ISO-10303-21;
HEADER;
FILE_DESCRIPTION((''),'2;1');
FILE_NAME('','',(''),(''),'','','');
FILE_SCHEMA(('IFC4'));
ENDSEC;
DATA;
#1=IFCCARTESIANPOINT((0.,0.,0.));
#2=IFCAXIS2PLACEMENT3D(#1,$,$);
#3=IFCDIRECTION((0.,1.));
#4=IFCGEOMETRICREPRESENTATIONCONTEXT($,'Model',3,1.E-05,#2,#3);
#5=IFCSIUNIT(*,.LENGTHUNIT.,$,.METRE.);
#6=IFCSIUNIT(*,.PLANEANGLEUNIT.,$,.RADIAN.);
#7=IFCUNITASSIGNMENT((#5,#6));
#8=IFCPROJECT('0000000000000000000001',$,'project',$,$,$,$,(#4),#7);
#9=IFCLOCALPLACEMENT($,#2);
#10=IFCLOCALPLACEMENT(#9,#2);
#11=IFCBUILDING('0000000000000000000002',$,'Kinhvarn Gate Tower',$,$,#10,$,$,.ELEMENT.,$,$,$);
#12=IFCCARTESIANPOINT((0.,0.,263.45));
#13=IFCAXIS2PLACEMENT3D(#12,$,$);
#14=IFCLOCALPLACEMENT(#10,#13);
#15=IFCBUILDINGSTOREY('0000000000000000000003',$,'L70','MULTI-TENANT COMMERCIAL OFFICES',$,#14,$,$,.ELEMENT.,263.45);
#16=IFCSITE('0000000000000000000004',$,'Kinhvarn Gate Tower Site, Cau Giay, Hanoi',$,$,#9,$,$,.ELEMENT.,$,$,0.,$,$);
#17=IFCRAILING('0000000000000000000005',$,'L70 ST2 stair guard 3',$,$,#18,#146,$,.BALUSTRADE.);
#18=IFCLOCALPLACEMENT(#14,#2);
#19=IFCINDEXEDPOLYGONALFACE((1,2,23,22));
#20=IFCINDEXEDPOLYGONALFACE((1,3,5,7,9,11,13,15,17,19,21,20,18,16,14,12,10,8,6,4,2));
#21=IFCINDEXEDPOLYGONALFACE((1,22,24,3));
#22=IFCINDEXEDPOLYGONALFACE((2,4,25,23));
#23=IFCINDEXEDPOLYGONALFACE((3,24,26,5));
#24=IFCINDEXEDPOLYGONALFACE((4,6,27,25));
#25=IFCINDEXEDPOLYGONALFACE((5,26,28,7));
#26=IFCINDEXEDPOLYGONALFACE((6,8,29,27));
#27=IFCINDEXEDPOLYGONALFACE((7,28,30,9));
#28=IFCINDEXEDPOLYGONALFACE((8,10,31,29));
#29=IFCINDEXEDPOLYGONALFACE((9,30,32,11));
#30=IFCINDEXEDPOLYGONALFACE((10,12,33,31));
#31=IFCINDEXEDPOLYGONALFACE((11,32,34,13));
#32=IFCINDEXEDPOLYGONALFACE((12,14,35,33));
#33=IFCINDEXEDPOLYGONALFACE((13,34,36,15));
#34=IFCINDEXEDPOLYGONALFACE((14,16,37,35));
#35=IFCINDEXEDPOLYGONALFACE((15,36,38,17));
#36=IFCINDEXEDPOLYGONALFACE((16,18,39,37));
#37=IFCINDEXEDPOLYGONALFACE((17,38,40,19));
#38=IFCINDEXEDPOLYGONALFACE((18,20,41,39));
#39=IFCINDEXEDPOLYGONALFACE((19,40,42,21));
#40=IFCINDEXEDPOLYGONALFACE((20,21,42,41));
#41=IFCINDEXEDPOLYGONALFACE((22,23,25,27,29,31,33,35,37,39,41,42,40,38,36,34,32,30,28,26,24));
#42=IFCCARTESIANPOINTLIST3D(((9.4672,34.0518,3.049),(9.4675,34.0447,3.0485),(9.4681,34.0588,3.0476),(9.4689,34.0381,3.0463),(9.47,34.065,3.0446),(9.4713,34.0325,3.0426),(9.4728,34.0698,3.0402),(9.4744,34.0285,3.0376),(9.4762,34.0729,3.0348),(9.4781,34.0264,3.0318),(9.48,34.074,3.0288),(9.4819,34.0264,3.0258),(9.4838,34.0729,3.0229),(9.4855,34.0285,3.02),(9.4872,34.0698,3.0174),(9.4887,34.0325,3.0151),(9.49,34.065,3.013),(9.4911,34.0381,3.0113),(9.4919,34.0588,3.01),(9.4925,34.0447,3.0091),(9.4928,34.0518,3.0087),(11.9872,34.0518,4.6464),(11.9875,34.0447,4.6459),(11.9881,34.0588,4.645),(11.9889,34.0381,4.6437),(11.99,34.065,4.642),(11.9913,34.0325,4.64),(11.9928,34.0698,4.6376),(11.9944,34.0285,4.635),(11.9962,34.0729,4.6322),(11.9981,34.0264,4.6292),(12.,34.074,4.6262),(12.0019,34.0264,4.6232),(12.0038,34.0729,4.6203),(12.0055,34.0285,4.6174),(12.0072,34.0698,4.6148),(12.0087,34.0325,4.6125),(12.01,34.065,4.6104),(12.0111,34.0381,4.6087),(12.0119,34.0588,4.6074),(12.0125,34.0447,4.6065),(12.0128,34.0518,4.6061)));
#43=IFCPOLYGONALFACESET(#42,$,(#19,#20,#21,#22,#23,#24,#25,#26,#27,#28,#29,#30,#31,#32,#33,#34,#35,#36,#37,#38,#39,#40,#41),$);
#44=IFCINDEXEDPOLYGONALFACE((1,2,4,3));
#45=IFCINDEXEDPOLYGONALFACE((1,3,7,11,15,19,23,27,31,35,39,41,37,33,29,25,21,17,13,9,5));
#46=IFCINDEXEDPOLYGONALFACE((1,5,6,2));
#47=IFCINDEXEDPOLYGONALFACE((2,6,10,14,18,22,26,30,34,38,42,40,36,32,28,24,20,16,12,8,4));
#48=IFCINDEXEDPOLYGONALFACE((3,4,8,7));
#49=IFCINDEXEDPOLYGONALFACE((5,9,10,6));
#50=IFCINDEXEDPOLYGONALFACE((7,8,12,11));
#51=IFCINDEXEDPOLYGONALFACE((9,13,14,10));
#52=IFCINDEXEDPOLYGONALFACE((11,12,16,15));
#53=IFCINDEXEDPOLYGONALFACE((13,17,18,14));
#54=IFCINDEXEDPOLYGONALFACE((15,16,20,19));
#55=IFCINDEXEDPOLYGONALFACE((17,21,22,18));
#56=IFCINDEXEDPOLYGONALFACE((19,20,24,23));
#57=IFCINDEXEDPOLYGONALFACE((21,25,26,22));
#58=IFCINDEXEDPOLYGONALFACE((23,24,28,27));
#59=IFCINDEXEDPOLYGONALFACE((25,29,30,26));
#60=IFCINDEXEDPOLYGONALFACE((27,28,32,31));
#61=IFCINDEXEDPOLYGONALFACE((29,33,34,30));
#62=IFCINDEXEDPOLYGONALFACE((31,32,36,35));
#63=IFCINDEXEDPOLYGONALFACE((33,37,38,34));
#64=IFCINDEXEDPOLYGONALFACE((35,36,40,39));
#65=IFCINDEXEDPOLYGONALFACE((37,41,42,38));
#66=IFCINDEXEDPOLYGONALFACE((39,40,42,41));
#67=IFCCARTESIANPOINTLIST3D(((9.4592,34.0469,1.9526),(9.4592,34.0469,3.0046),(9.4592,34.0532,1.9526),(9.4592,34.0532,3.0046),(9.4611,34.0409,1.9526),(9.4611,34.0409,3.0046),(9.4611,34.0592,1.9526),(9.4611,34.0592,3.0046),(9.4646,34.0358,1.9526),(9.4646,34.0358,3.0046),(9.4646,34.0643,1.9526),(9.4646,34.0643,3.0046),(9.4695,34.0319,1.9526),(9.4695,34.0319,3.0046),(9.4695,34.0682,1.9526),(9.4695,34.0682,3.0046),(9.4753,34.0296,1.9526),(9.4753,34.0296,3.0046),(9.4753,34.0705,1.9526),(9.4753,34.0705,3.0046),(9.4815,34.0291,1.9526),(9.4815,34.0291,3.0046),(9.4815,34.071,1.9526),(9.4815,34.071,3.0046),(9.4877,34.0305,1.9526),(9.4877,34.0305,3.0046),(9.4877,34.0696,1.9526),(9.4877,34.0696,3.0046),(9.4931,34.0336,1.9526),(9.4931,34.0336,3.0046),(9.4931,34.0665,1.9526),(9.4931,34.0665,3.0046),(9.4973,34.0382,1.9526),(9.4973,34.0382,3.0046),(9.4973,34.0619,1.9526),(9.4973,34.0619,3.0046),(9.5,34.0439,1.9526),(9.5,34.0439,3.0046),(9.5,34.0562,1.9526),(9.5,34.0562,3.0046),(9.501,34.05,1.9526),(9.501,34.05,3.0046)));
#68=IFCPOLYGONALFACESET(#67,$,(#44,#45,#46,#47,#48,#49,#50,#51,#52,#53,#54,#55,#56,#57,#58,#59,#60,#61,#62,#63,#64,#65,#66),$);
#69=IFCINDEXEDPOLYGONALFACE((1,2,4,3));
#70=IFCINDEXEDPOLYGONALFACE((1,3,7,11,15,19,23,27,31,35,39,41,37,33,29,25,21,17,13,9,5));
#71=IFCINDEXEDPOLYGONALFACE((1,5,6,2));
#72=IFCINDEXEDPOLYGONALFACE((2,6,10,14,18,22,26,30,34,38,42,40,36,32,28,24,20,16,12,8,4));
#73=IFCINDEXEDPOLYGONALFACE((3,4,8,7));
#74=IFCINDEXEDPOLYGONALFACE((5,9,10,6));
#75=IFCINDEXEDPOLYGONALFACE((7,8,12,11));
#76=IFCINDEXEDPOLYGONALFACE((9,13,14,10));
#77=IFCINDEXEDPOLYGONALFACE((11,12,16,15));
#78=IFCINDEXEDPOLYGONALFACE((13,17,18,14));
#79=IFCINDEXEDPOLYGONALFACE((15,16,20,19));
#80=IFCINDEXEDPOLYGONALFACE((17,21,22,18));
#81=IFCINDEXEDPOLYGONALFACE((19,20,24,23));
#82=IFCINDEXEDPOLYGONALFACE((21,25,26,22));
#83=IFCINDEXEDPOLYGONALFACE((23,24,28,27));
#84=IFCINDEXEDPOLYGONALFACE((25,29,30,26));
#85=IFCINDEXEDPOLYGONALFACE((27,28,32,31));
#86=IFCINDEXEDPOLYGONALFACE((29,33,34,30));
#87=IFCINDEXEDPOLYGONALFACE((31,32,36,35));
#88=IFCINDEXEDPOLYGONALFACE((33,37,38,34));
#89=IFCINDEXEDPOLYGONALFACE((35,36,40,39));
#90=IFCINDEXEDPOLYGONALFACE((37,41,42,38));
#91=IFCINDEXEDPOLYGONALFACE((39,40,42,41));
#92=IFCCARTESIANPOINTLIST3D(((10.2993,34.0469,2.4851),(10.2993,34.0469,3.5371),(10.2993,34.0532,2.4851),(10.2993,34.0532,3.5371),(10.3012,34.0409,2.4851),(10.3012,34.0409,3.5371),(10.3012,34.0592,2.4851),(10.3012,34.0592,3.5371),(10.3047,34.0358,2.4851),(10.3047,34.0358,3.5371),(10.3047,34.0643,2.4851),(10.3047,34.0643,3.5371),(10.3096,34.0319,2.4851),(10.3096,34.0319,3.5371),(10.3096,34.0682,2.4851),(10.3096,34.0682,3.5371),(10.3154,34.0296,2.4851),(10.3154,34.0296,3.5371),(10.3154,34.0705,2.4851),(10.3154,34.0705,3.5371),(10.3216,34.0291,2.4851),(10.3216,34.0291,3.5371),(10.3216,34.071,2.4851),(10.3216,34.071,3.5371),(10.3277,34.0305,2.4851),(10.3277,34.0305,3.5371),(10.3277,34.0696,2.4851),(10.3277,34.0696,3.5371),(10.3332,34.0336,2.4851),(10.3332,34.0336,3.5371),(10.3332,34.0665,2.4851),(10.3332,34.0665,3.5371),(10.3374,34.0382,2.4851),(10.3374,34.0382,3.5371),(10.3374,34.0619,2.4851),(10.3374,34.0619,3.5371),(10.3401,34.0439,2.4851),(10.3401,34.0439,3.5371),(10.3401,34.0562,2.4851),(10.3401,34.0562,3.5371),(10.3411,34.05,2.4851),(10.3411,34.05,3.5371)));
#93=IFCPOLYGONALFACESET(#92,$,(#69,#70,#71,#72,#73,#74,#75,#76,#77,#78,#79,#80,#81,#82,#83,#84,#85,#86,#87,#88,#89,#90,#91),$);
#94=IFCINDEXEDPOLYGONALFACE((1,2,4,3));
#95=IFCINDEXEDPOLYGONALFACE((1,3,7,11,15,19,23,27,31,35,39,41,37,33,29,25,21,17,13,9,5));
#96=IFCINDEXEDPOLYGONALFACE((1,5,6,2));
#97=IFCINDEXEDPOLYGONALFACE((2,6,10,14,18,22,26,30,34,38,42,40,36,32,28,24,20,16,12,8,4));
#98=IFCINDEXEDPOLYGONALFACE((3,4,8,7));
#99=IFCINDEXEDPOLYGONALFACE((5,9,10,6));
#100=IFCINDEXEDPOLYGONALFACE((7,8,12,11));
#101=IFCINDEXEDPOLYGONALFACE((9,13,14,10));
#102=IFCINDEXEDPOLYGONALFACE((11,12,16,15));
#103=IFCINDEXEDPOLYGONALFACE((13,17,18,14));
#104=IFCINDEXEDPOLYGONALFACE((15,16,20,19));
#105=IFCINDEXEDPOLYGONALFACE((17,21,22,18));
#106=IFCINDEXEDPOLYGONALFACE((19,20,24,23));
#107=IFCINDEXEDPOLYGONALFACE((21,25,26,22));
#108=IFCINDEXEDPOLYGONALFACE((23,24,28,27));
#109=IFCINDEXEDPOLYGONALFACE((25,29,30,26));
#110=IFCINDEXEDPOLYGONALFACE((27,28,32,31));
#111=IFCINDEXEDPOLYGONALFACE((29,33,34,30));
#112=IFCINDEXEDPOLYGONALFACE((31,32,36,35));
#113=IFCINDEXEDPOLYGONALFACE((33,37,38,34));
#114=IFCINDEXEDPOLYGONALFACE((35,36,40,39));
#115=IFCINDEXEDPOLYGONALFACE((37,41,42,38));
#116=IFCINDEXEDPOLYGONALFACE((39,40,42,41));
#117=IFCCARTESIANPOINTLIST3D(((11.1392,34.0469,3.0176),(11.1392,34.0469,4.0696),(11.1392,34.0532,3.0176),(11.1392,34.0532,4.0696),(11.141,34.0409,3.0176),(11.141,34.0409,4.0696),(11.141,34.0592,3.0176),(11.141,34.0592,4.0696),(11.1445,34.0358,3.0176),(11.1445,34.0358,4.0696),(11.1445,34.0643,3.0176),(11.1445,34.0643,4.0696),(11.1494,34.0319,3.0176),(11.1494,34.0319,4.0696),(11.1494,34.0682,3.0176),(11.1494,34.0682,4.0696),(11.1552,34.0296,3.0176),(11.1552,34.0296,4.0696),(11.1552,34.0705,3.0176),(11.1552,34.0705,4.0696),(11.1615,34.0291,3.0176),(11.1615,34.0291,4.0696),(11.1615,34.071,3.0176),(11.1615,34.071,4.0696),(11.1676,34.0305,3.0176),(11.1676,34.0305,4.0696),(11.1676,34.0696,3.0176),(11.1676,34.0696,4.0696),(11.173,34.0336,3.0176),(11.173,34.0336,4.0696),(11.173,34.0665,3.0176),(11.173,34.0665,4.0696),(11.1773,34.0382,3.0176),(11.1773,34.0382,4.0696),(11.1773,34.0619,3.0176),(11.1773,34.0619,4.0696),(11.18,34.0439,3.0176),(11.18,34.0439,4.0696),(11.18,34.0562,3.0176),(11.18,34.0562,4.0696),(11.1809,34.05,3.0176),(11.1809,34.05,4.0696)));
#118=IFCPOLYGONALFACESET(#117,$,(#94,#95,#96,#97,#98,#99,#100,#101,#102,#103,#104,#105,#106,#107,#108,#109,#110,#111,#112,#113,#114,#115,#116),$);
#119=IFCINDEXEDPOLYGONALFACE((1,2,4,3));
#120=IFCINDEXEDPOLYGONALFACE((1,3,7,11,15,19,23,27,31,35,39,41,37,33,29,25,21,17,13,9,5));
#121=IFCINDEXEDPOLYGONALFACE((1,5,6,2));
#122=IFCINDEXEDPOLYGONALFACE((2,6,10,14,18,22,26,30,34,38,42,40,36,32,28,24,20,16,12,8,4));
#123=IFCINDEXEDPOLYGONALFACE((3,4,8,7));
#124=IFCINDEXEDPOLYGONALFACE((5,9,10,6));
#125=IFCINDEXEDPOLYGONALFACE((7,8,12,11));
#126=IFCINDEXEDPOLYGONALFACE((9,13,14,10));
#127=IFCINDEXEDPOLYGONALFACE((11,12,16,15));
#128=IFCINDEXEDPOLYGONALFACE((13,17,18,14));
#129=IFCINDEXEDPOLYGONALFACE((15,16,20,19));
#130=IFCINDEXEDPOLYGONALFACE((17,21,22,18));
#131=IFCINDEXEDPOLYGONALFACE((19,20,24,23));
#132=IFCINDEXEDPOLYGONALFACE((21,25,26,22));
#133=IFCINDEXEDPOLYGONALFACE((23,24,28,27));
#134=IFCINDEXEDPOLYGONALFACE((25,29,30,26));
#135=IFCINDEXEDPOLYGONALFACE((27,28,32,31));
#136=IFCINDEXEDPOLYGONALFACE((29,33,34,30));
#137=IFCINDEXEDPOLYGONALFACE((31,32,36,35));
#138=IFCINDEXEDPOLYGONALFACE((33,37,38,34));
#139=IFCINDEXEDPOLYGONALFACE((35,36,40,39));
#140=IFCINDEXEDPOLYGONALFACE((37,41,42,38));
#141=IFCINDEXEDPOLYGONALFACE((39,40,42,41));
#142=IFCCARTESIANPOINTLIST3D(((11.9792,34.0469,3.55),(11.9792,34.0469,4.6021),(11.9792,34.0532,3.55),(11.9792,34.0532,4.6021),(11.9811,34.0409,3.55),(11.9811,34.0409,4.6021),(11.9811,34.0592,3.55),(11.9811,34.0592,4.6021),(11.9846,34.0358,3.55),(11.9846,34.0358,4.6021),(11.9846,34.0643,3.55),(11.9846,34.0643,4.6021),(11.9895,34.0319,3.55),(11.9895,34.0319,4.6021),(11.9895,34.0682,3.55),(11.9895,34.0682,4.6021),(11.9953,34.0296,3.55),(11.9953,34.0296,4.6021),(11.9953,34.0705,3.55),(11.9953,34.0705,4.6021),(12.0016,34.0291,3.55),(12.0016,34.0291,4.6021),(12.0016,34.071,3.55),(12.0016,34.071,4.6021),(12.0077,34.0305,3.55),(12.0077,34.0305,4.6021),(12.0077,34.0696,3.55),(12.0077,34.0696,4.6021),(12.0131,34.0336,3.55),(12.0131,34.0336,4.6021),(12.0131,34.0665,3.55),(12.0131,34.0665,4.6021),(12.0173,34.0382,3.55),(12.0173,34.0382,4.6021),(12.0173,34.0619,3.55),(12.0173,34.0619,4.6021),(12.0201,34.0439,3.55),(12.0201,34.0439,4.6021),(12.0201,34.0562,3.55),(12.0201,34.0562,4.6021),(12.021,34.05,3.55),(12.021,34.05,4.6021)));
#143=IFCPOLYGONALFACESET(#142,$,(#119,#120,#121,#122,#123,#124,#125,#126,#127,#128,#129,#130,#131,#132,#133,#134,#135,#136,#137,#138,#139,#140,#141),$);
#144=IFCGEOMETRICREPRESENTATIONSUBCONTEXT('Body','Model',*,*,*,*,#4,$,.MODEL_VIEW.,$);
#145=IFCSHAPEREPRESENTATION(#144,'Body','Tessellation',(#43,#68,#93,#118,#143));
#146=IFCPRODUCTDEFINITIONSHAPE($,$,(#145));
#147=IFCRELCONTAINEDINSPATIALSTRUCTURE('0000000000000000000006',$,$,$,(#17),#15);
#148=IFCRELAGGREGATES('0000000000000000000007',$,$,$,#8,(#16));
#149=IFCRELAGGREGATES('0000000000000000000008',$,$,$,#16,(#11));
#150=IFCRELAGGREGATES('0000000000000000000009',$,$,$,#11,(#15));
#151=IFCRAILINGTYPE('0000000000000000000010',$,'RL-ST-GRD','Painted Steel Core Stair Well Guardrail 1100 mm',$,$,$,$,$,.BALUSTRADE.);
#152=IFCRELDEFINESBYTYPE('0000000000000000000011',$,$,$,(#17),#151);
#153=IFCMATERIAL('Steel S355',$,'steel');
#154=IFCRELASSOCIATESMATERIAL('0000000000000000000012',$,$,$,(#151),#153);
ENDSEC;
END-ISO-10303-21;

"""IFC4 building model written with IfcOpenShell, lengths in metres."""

from ifc_helpers import new_model, si_unit, direction, frame, origin, origin_2d, place, context, subcontext, project, spatial, circle, extrude, material, type_object, element, save


model = new_model("IFC4")

# Units and contexts
model_context = context("Model", 3, precision=1e-05, world=origin(), true_north=direction((0.0, 1.0)))
body_context = subcontext(model_context, "Body", "Model", "MODEL_VIEW")
ifc_project = project(units=[si_unit("LENGTHUNIT", "METRE"), si_unit("PLANEANGLEUNIT", "RADIAN")], contexts=[model_context])

# Site, building, storey
site_placement = place(None, origin())
site = spatial("IfcSite", under=ifc_project, at=site_placement, Name="Kinhvarn Gate Tower Site, Cau Giay, Hanoi", CompositionType="ELEMENT", RefElevation=0.0)
building_placement = place(site_placement, origin())
building = spatial("IfcBuilding", under=site, at=building_placement, Name="Kinhvarn Gate Tower", CompositionType="ELEMENT")
storey_placement = place(building_placement, frame((0.0, 0.0, 263.45)))
storey = spatial("IfcBuildingStorey", under=building, at=storey_placement, Name="L70", Description="MULTI-TENANT COMMERCIAL OFFICES", CompositionType="ELEMENT", Elevation=263.45)

# Railing
ifc_material_1 = material(Name="Steel S355", Category="steel")
railing_type_1 = type_object("IfcRailingType", Name="RL-ST-GRD", Description="Painted Steel Core Stair Well Guardrail 1100 mm", PredefinedType="BALUSTRADE", material=ifc_material_1)
railing_1_placement = place(storey_placement, frame((9.48, 34.05, 1.9526)))
element("IfcRailing", 1, at=railing_1_placement, inside=storey, type_object=railing_type_1, Name="L70 ST2 stair guard 3", PredefinedType="BALUSTRADE", context=body_context, shape_type="SweptSolid", body=[
    extrude(circle(Radius=0.0239, at=origin_2d()), frame((0.0, 0.0, 1.0762), z_axis=(0.844607, 0.0, 0.535387), x_axis=(0.0, 1.0, 0.0)), (0.0, 0.0, 1.0), 2.9836),
    extrude(circle(Radius=0.021, at=origin_2d()), origin(), (0.0, 0.0, 1.0), 1.052),
    extrude(circle(Radius=0.021, at=origin_2d()), frame((0.8401, 0.0, 0.5325)), (0.0, 0.0, 1.0), 1.052),
    extrude(circle(Radius=0.021, at=origin_2d()), frame((1.6799, 0.0, 1.0649)), (0.0, 0.0, 1.0), 1.052),
    extrude(circle(Radius=0.021, at=origin_2d()), frame((2.52, 0.0, 1.5974)), (0.0, 0.0, 1.0), 1.052),
])

save(model, "model.ifc")
